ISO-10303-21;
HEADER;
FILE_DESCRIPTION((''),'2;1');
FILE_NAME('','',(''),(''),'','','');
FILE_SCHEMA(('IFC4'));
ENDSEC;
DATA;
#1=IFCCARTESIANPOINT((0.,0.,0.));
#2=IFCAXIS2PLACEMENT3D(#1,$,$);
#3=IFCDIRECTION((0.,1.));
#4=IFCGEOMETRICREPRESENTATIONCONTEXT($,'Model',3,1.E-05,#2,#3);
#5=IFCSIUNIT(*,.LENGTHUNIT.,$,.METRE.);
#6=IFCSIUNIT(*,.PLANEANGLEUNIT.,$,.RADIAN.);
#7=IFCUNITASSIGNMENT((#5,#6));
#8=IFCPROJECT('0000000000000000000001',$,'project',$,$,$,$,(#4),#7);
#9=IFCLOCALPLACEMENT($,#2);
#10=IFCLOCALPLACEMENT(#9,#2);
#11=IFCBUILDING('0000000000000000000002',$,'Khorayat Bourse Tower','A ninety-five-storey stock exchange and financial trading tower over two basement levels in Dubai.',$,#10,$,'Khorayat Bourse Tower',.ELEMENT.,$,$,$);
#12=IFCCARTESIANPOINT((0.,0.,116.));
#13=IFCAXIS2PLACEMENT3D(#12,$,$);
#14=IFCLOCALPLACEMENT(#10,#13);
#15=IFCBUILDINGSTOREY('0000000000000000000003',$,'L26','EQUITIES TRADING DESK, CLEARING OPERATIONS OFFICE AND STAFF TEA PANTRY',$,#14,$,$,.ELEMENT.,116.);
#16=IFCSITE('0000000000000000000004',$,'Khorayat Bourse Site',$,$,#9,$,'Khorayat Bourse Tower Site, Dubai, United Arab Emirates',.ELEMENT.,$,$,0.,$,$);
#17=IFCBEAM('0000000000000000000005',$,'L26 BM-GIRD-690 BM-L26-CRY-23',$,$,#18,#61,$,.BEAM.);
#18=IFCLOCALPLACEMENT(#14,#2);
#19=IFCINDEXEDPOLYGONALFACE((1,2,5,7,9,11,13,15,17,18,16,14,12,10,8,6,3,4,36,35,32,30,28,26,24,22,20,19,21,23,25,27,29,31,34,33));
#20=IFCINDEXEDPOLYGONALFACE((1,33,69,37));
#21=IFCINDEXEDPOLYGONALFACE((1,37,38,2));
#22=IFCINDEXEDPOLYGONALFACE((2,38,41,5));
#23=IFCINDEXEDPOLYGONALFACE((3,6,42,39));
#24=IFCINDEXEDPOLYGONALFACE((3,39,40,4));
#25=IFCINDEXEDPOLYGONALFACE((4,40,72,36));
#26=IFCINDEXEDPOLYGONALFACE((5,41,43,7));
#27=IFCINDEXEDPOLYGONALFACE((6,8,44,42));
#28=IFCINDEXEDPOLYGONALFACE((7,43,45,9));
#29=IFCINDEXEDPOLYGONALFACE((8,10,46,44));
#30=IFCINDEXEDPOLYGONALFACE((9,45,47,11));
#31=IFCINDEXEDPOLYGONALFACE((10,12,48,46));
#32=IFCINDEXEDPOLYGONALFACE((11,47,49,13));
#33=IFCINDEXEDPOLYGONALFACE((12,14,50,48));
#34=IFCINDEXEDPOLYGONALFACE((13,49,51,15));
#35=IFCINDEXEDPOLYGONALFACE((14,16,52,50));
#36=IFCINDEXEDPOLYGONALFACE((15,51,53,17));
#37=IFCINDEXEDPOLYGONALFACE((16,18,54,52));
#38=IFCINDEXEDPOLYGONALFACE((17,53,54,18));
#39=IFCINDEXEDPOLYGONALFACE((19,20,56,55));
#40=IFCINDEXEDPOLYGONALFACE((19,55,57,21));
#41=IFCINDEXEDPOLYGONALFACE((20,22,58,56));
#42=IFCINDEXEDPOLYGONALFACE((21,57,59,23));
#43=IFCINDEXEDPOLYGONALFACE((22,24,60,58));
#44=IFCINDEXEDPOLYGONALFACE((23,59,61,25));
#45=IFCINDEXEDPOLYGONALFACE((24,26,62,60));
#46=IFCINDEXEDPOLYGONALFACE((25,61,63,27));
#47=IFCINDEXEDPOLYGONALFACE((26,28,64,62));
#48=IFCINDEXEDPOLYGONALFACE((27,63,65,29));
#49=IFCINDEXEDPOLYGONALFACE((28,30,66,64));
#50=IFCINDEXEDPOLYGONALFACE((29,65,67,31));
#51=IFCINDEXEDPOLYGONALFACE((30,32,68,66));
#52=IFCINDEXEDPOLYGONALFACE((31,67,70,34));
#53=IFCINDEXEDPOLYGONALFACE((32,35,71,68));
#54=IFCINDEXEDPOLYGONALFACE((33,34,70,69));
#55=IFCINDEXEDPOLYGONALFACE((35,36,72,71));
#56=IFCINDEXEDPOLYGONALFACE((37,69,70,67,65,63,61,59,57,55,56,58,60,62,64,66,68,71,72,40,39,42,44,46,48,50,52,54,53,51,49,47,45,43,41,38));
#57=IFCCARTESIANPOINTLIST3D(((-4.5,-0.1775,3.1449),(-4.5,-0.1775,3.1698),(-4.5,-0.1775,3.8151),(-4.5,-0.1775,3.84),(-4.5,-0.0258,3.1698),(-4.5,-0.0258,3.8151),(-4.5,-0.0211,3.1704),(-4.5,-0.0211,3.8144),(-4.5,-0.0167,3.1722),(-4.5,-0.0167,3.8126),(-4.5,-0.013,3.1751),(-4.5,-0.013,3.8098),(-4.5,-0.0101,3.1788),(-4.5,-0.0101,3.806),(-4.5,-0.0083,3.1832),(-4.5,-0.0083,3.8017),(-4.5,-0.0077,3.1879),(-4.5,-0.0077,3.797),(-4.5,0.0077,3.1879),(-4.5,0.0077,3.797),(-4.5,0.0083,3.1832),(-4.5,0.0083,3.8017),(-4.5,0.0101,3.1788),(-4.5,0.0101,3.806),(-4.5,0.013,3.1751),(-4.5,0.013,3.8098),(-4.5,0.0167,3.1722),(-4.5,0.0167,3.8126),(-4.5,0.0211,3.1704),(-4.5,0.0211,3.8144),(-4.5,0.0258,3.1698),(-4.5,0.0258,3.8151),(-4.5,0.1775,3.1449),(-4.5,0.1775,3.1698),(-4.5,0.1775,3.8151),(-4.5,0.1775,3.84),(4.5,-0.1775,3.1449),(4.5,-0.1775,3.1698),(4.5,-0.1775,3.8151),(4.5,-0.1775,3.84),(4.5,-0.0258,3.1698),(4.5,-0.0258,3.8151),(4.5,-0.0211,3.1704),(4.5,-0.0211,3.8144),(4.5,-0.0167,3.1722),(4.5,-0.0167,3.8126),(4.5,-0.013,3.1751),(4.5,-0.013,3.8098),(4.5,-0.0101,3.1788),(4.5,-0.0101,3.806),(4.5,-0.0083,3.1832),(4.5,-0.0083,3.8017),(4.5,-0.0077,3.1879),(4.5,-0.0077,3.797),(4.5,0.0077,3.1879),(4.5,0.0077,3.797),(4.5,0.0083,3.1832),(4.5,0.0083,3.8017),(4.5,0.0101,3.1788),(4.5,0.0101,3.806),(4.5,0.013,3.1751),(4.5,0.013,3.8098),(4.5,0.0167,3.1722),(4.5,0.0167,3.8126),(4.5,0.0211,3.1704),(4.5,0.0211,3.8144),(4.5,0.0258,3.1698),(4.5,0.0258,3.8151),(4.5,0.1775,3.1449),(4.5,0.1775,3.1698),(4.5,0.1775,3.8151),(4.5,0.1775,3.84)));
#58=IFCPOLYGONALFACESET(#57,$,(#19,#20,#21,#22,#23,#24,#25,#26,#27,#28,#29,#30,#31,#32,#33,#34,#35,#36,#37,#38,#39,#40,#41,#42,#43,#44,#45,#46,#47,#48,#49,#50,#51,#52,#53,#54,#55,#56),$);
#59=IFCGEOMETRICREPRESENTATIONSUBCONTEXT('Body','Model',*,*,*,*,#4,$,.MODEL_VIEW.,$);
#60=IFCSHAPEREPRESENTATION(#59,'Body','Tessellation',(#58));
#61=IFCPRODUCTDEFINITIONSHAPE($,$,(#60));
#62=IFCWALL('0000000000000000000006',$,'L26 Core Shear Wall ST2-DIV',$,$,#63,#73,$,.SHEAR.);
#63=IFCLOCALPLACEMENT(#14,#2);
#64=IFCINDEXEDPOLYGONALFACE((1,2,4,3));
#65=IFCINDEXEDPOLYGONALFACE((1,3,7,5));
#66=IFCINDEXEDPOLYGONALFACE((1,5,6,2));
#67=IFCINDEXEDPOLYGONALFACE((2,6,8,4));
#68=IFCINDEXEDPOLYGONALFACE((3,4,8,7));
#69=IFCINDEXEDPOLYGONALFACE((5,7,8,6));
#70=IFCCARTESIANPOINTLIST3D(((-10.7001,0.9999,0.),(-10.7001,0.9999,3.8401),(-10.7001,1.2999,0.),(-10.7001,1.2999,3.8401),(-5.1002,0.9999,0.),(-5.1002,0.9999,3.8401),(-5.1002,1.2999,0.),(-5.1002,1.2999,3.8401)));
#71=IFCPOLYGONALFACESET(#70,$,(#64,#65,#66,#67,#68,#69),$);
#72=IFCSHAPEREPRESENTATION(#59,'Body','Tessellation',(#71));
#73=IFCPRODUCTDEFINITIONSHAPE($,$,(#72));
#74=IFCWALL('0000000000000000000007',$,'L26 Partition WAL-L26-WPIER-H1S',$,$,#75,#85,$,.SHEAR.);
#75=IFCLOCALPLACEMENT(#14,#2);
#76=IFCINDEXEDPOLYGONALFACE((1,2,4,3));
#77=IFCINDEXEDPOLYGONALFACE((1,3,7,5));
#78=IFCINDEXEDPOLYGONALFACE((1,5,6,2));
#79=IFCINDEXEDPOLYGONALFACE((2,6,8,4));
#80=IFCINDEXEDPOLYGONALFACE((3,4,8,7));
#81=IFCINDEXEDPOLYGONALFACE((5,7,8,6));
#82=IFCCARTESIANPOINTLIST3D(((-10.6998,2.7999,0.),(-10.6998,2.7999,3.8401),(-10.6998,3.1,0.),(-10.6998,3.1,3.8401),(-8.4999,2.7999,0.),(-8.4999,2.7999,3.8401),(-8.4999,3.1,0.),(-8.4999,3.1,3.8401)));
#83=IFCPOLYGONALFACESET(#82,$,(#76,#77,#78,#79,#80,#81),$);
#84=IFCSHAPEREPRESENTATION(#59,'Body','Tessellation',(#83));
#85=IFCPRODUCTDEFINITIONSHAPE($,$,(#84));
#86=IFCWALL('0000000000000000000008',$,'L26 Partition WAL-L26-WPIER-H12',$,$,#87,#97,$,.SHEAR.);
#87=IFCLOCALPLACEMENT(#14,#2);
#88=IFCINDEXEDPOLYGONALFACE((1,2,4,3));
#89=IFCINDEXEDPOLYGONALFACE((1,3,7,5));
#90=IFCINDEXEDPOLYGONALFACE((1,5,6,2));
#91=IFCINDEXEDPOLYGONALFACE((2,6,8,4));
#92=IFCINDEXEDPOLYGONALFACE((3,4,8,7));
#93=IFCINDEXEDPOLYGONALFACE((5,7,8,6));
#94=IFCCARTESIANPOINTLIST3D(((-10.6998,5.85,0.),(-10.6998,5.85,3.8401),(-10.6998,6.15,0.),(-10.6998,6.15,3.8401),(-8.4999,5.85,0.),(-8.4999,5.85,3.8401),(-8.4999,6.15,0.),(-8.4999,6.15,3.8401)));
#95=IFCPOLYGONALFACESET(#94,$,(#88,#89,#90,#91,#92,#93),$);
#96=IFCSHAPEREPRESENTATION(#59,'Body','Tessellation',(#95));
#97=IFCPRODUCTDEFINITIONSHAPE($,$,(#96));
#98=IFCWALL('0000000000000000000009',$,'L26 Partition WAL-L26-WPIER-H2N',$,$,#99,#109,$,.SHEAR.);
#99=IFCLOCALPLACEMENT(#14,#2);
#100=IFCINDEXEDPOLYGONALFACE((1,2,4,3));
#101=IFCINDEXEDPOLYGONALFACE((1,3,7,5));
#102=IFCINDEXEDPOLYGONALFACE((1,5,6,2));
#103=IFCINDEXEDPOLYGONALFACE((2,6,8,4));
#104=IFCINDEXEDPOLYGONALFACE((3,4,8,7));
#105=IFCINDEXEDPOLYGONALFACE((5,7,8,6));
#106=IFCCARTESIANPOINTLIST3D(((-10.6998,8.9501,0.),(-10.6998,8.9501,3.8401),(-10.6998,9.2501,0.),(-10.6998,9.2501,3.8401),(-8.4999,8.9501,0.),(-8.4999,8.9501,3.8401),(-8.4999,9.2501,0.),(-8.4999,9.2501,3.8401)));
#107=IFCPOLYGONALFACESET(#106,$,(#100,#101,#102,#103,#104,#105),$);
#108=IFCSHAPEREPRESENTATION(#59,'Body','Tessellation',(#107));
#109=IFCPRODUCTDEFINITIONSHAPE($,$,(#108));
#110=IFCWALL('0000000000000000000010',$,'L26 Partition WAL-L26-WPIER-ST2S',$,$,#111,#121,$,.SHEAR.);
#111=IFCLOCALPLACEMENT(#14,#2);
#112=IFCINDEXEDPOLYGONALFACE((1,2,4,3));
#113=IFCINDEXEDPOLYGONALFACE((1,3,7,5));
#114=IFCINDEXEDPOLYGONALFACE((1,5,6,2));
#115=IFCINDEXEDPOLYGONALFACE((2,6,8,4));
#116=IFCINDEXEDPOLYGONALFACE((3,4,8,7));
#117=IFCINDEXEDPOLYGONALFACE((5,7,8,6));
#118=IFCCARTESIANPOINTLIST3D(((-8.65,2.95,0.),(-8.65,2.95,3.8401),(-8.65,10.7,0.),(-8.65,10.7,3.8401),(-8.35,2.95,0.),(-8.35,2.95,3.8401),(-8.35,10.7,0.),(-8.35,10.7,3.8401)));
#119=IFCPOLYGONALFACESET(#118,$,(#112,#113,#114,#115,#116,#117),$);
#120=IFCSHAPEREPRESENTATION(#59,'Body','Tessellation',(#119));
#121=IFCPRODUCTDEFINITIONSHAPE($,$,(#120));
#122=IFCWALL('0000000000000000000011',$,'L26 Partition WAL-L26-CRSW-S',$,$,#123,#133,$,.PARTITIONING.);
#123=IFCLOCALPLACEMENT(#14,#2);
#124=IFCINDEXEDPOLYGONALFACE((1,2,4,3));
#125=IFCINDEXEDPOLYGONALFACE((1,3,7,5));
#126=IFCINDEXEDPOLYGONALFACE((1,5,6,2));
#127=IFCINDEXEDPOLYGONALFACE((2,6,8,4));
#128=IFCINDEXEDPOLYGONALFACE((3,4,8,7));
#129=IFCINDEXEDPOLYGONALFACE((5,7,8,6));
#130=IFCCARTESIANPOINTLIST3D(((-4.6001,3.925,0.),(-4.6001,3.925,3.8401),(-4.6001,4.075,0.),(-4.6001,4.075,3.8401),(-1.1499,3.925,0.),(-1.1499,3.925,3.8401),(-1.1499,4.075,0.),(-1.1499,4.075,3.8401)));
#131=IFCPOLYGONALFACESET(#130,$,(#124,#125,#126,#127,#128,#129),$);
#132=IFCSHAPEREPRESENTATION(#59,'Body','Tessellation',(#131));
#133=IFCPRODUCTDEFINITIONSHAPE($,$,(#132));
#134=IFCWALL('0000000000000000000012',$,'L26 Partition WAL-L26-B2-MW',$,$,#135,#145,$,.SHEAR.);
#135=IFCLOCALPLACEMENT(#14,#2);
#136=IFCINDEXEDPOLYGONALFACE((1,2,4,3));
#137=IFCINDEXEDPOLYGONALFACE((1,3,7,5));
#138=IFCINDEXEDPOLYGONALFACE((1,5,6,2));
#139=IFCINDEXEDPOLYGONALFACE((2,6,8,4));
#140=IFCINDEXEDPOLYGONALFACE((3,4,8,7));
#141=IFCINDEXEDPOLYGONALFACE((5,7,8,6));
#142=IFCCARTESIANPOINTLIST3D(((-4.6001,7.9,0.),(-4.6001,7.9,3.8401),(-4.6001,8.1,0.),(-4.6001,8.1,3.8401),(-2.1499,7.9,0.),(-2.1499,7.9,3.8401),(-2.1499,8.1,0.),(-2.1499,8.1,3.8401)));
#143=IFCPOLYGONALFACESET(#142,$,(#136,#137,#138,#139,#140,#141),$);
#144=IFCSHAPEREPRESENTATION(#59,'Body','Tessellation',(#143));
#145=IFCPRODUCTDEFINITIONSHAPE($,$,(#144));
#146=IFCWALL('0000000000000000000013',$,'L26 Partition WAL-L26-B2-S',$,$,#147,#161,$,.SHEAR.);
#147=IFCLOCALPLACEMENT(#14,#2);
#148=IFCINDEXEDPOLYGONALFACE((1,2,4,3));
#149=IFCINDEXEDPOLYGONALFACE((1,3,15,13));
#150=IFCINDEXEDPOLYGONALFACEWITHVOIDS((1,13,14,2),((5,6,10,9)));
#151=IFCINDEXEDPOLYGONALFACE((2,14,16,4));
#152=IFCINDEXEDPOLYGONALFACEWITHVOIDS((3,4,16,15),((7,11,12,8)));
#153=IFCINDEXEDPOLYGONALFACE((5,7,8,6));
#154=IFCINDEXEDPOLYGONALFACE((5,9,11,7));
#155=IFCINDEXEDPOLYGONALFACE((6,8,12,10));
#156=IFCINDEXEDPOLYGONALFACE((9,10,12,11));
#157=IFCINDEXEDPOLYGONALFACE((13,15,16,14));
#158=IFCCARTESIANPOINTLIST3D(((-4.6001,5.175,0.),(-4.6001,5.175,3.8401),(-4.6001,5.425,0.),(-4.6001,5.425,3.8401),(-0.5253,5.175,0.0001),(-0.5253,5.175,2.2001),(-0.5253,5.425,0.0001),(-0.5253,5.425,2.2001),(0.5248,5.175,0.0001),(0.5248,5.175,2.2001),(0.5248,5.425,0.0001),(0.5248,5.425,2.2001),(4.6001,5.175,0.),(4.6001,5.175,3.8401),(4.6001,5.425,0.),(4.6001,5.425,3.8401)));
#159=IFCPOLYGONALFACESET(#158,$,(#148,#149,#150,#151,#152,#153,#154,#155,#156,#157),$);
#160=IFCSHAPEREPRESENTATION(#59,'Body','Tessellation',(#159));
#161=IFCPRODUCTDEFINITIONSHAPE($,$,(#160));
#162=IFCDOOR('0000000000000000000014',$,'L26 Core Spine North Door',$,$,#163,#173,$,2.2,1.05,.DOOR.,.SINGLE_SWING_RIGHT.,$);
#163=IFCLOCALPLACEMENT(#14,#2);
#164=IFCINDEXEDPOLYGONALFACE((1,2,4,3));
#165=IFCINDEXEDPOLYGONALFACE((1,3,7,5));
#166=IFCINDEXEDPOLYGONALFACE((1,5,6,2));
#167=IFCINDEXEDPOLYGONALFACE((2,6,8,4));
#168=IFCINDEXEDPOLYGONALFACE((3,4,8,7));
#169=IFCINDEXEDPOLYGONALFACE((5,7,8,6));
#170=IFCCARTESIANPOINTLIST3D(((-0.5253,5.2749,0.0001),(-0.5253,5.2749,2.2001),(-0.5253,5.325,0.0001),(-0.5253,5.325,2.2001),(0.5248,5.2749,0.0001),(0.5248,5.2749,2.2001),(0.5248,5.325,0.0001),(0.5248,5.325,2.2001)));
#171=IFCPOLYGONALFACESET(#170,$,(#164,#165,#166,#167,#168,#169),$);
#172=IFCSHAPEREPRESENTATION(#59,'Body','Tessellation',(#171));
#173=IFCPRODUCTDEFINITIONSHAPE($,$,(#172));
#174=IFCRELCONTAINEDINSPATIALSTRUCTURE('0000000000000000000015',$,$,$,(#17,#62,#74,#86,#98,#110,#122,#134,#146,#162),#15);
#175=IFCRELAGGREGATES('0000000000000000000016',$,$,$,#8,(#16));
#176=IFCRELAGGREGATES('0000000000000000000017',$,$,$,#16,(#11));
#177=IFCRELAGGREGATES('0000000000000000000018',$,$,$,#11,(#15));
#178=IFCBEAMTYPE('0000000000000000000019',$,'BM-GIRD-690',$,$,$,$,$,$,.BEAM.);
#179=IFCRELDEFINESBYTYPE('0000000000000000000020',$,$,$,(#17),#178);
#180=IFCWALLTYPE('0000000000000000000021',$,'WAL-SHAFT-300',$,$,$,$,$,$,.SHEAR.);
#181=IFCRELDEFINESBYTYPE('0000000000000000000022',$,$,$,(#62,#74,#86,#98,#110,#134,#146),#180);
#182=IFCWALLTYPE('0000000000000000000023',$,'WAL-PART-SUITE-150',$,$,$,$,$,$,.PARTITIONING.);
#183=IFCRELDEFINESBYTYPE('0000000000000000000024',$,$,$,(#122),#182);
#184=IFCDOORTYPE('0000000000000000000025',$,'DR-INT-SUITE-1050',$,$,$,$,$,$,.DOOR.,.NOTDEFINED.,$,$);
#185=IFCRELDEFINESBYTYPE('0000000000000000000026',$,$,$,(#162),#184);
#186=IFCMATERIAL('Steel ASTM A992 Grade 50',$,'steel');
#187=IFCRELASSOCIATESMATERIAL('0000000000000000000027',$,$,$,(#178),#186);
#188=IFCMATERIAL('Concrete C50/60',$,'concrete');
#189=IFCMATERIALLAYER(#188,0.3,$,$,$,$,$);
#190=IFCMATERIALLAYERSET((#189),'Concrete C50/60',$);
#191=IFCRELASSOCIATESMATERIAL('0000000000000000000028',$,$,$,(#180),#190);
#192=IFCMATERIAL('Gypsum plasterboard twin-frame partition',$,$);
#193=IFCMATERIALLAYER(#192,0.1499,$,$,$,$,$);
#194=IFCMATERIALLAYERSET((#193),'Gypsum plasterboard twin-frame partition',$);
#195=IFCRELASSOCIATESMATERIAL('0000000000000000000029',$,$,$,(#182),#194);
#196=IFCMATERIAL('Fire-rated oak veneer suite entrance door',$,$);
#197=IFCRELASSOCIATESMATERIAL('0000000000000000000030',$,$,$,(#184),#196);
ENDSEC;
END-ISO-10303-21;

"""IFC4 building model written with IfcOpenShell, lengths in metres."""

from ifc_helpers import new_model, si_unit, direction, frame, frame_2d, origin, origin_2d, place, context, subcontext, project, spatial, rectangle, i_section, extrude, source, transform, mapped, material, layer, layer_set, material_profile, profile_set, type_object, element, fill, save


model = new_model("IFC4")

# Units and contexts
model_context = context("Model", 3, precision=1e-05, world=origin(), true_north=direction((0.0, 1.0)))
body_context = subcontext(model_context, "Body", "Model", "MODEL_VIEW")
ifc_project = project(units=[si_unit("LENGTHUNIT", "METRE"), si_unit("PLANEANGLEUNIT", "RADIAN")], contexts=[model_context])

# Site, building, storey
site_placement = place(None, origin())
site = spatial("IfcSite", under=ifc_project, at=site_placement, Name="Khorayat Bourse Site", LongName="Khorayat Bourse Tower Site, Dubai, United Arab Emirates", CompositionType="ELEMENT", RefElevation=0.0)
building_placement = place(site_placement, origin())
building = spatial("IfcBuilding", under=site, at=building_placement, Name="Khorayat Bourse Tower", Description="A ninety-five-storey stock exchange and financial trading tower over two basement levels in Dubai.", LongName="Khorayat Bourse Tower", CompositionType="ELEMENT")
storey_placement = place(building_placement, frame((0.0, 0.0, 116.0)))
storey = spatial("IfcBuildingStorey", under=building, at=storey_placement, Name="L26", Description="EQUITIES TRADING DESK, CLEARING OPERATIONS OFFICE AND STAFF TEA PANTRY", CompositionType="ELEMENT", Elevation=116.0)

# Beam
ifc_material_1 = material(Name="Steel ASTM A992 Grade 50", Category="steel")
ifc_material_profile_1 = material_profile(ifc_material_1, i_section(OverallWidth=0.355, OverallDepth=0.6951, WebThickness=0.0154, FlangeThickness=0.0249, FilletRadius=0.0181, at=origin_2d()), Name="W690X217")
ifc_profile_set_1 = profile_set([ifc_material_profile_1], Name="Steel ASTM A992 Grade 50")
beam_type_1 = type_object("IfcBeamType", Name="BM-GIRD-690", PredefinedType="BEAM", material=ifc_profile_set_1)
shared_shape_1 = source(origin(), body_context, "Body", "SweptSolid", [
    extrude(i_section(OverallWidth=0.355, OverallDepth=0.6951, WebThickness=0.0154, FlangeThickness=0.0249, FilletRadius=0.0181, at=origin_2d()), origin(), (0.0, 0.0, 1.0), 9.0),
])
beam_1_placement = place(storey_placement, frame((-4.5, 0.0, 3.4924), z_axis=(1.0, 0.0, 0.0), x_axis=(0.0, 1.0, 0.0)))
element("IfcBeam", 1, at=beam_1_placement, inside=storey, type_object=beam_type_1, Name="L26 BM-GIRD-690 BM-L26-CRY-23", PredefinedType="BEAM", context=body_context, shape_type="MappedRepresentation", body=[
    mapped(shared_shape_1, transform((0.0, 0.0, 0.0), scale=1.0)),
])

# Walls
ifc_material_2 = material(Name="Concrete C50/60", Category="concrete")
ifc_layer_1 = layer(ifc_material_2, 0.3)
ifc_layer_set_1 = layer_set([ifc_layer_1], Name="Concrete C50/60")
wall_type_1 = type_object("IfcWallType", Name="WAL-SHAFT-300", PredefinedType="SHEAR", material=ifc_layer_set_1)
shared_shape_2 = source(origin(), body_context, "Body", "SweptSolid", [
    extrude(rectangle(XDim=5.5999, YDim=0.3, at=frame_2d((2.7998, 0.0))), origin(), (0.0, 0.0, 1.0), 3.8401),
])
wall_1_placement = place(storey_placement, frame((-10.7, 1.1499, 0.0), z_axis=(0.0, 0.0, 1.0), x_axis=(1.0, 0.0, 0.0)))
element("IfcWall", 2, at=wall_1_placement, inside=storey, type_object=wall_type_1, Name="L26 Core Shear Wall ST2-DIV", PredefinedType="SHEAR", context=body_context, shape_type="MappedRepresentation", body=[
    mapped(shared_shape_2, transform((0.0, 0.0, 0.0), scale=1.0)),
])
shared_shape_3 = source(origin(), body_context, "Body", "SweptSolid", [
    extrude(rectangle(XDim=2.2, YDim=0.3, at=frame_2d((1.1001, 0.0))), origin(), (0.0, 0.0, 1.0), 3.8401),
])
for number, where, z_axis, x_axis, name in (
    (3, (-10.7, 2.95, 0.0), (0.0, 0.0, 1.0), (1.0, 0.0, 0.0), "L26 Partition WAL-L26-WPIER-H1S"),
    (4, (-10.7, 6.0, 0.0), (0.0, 0.0, 1.0), (1.0, 0.0, 0.0), "L26 Partition WAL-L26-WPIER-H12"),
    (5, (-10.7, 9.1001, 0.0), (0.0, 0.0, 1.0), (1.0, 0.0, 0.0), "L26 Partition WAL-L26-WPIER-H2N"),
):
    element("IfcWall", number, at=place(storey_placement, frame(where, z_axis=z_axis, x_axis=x_axis)), inside=storey, type_object=wall_type_1, Name=name, PredefinedType="SHEAR", context=body_context, shape_type="MappedRepresentation", body=[
        mapped(shared_shape_3, transform((0.0, 0.0, 0.0), scale=1.0)),
    ])
shared_shape_4 = source(origin(), body_context, "Body", "SweptSolid", [
    extrude(rectangle(XDim=7.75, YDim=0.3, at=frame_2d((3.875, 0.0))), origin(), (0.0, 0.0, 1.0), 3.8401),
])
wall_2_placement = place(storey_placement, frame((-8.5, 2.95, 0.0), z_axis=(0.0, 0.0, 1.0), x_axis=(0.0, 1.0, 0.0)))
element("IfcWall", 6, at=wall_2_placement, inside=storey, type_object=wall_type_1, Name="L26 Partition WAL-L26-WPIER-ST2S", PredefinedType="SHEAR", context=body_context, shape_type="MappedRepresentation", body=[
    mapped(shared_shape_4, transform((0.0, 0.0, 0.0), scale=1.0)),
])
ifc_material_3 = material(Name="Gypsum plasterboard twin-frame partition")
ifc_layer_2 = layer(ifc_material_3, 0.1499)
ifc_layer_set_2 = layer_set([ifc_layer_2], Name="Gypsum plasterboard twin-frame partition")
wall_type_2 = type_object("IfcWallType", Name="WAL-PART-SUITE-150", PredefinedType="PARTITIONING", material=ifc_layer_set_2)
shared_shape_5 = source(origin(), body_context, "Body", "SweptSolid", [
    extrude(rectangle(XDim=3.4502, YDim=0.1499, at=frame_2d((1.7251, 0.0))), origin(), (0.0, 0.0, 1.0), 3.8401),
])
wall_3_placement = place(storey_placement, frame((-4.6001, 4.0, 0.0), z_axis=(0.0, 0.0, 1.0), x_axis=(1.0, 0.0, 0.0)))
element("IfcWall", 7, at=wall_3_placement, inside=storey, type_object=wall_type_2, Name="L26 Partition WAL-L26-CRSW-S", PredefinedType="PARTITIONING", context=body_context, shape_type="MappedRepresentation", body=[
    mapped(shared_shape_5, transform((0.0, 0.0, 0.0), scale=1.0)),
])
shared_shape_6 = source(origin(), body_context, "Body", "SweptSolid", [
    extrude(rectangle(XDim=2.4502, YDim=0.2, at=frame_2d((1.2251, 0.0))), origin(), (0.0, 0.0, 1.0), 3.8401),
])
wall_4_placement = place(storey_placement, frame((-4.6001, 8.0, 0.0), z_axis=(0.0, 0.0, 1.0), x_axis=(1.0, 0.0, 0.0)))
element("IfcWall", 8, at=wall_4_placement, inside=storey, type_object=wall_type_1, Name="L26 Partition WAL-L26-B2-MW", PredefinedType="SHEAR", context=body_context, shape_type="MappedRepresentation", body=[
    mapped(shared_shape_6, transform((0.0, 0.0, 0.0), scale=1.0)),
])

# Wall, opening, door
shared_shape_7 = source(origin(), body_context, "Body", "SweptSolid", [
    extrude(rectangle(XDim=9.2002, YDim=0.25, at=frame_2d((4.6001, 0.0))), origin(), (0.0, 0.0, 1.0), 3.8401),
])
wall_5_placement = place(storey_placement, frame((-4.6001, 5.3, 0.0), z_axis=(0.0, 0.0, 1.0), x_axis=(1.0, 0.0, 0.0)))
wall_5 = element("IfcWall", 9, at=wall_5_placement, inside=storey, type_object=wall_type_1, Name="L26 Partition WAL-L26-B2-S", PredefinedType="SHEAR", context=body_context, shape_type="MappedRepresentation", body=[
    mapped(shared_shape_7, transform((0.0, 0.0, 0.0), scale=1.0)),
])
shared_shape_8 = source(origin(), body_context, "Body", "SweptSolid", [
    extrude(rectangle(XDim=1.05, YDim=2.2, at=frame_2d((0.5249, 1.1001))), frame((0.0, 0.135, 0.0), z_axis=(0.0, -1.0, 0.0), x_axis=(1.0, 0.0, 0.0)), (0.0, 0.0, 1.0), 0.27),
])
opening_placement = place(wall_5_placement, frame((4.075, 0.0, 0.0)))
opening = element("IfcOpeningElement", 10, at=opening_placement, cuts=wall_5, PredefinedType="OPENING", context=body_context, shape_type="MappedRepresentation", body=[
    mapped(shared_shape_8, transform((0.0, 0.0, 0.0), scale=1.0)),
])
ifc_material_4 = material(Name="Fire-rated oak veneer suite entrance door")
door_type = type_object("IfcDoorType", Name="DR-INT-SUITE-1050", OperationType="NOTDEFINED", PredefinedType="DOOR", material=ifc_material_4)
shared_shape_9 = source(origin(), body_context, "Body", "SweptSolid", [
    extrude(rectangle(XDim=1.05, YDim=2.2, at=frame_2d((0.5249, 1.1001))), frame((0.0, 0.0249, 0.0), z_axis=(0.0, -1.0, 0.0), x_axis=(1.0, 0.0, 0.0)), (0.0, 0.0, 1.0), 0.05),
])
door_placement = place(opening_placement, origin())
door = element("IfcDoor", 11, at=door_placement, inside=storey, type_object=door_type, Name="L26 Core Spine North Door", OperationType="SINGLE_SWING_RIGHT", OverallHeight=2.2, OverallWidth=1.05, PredefinedType="DOOR", context=body_context, shape_type="MappedRepresentation", body=[
    mapped(shared_shape_9, transform((0.0, 0.0, 0.0), scale=1.0)),
])
fill(opening, door)

save(model, "model.ifc")
